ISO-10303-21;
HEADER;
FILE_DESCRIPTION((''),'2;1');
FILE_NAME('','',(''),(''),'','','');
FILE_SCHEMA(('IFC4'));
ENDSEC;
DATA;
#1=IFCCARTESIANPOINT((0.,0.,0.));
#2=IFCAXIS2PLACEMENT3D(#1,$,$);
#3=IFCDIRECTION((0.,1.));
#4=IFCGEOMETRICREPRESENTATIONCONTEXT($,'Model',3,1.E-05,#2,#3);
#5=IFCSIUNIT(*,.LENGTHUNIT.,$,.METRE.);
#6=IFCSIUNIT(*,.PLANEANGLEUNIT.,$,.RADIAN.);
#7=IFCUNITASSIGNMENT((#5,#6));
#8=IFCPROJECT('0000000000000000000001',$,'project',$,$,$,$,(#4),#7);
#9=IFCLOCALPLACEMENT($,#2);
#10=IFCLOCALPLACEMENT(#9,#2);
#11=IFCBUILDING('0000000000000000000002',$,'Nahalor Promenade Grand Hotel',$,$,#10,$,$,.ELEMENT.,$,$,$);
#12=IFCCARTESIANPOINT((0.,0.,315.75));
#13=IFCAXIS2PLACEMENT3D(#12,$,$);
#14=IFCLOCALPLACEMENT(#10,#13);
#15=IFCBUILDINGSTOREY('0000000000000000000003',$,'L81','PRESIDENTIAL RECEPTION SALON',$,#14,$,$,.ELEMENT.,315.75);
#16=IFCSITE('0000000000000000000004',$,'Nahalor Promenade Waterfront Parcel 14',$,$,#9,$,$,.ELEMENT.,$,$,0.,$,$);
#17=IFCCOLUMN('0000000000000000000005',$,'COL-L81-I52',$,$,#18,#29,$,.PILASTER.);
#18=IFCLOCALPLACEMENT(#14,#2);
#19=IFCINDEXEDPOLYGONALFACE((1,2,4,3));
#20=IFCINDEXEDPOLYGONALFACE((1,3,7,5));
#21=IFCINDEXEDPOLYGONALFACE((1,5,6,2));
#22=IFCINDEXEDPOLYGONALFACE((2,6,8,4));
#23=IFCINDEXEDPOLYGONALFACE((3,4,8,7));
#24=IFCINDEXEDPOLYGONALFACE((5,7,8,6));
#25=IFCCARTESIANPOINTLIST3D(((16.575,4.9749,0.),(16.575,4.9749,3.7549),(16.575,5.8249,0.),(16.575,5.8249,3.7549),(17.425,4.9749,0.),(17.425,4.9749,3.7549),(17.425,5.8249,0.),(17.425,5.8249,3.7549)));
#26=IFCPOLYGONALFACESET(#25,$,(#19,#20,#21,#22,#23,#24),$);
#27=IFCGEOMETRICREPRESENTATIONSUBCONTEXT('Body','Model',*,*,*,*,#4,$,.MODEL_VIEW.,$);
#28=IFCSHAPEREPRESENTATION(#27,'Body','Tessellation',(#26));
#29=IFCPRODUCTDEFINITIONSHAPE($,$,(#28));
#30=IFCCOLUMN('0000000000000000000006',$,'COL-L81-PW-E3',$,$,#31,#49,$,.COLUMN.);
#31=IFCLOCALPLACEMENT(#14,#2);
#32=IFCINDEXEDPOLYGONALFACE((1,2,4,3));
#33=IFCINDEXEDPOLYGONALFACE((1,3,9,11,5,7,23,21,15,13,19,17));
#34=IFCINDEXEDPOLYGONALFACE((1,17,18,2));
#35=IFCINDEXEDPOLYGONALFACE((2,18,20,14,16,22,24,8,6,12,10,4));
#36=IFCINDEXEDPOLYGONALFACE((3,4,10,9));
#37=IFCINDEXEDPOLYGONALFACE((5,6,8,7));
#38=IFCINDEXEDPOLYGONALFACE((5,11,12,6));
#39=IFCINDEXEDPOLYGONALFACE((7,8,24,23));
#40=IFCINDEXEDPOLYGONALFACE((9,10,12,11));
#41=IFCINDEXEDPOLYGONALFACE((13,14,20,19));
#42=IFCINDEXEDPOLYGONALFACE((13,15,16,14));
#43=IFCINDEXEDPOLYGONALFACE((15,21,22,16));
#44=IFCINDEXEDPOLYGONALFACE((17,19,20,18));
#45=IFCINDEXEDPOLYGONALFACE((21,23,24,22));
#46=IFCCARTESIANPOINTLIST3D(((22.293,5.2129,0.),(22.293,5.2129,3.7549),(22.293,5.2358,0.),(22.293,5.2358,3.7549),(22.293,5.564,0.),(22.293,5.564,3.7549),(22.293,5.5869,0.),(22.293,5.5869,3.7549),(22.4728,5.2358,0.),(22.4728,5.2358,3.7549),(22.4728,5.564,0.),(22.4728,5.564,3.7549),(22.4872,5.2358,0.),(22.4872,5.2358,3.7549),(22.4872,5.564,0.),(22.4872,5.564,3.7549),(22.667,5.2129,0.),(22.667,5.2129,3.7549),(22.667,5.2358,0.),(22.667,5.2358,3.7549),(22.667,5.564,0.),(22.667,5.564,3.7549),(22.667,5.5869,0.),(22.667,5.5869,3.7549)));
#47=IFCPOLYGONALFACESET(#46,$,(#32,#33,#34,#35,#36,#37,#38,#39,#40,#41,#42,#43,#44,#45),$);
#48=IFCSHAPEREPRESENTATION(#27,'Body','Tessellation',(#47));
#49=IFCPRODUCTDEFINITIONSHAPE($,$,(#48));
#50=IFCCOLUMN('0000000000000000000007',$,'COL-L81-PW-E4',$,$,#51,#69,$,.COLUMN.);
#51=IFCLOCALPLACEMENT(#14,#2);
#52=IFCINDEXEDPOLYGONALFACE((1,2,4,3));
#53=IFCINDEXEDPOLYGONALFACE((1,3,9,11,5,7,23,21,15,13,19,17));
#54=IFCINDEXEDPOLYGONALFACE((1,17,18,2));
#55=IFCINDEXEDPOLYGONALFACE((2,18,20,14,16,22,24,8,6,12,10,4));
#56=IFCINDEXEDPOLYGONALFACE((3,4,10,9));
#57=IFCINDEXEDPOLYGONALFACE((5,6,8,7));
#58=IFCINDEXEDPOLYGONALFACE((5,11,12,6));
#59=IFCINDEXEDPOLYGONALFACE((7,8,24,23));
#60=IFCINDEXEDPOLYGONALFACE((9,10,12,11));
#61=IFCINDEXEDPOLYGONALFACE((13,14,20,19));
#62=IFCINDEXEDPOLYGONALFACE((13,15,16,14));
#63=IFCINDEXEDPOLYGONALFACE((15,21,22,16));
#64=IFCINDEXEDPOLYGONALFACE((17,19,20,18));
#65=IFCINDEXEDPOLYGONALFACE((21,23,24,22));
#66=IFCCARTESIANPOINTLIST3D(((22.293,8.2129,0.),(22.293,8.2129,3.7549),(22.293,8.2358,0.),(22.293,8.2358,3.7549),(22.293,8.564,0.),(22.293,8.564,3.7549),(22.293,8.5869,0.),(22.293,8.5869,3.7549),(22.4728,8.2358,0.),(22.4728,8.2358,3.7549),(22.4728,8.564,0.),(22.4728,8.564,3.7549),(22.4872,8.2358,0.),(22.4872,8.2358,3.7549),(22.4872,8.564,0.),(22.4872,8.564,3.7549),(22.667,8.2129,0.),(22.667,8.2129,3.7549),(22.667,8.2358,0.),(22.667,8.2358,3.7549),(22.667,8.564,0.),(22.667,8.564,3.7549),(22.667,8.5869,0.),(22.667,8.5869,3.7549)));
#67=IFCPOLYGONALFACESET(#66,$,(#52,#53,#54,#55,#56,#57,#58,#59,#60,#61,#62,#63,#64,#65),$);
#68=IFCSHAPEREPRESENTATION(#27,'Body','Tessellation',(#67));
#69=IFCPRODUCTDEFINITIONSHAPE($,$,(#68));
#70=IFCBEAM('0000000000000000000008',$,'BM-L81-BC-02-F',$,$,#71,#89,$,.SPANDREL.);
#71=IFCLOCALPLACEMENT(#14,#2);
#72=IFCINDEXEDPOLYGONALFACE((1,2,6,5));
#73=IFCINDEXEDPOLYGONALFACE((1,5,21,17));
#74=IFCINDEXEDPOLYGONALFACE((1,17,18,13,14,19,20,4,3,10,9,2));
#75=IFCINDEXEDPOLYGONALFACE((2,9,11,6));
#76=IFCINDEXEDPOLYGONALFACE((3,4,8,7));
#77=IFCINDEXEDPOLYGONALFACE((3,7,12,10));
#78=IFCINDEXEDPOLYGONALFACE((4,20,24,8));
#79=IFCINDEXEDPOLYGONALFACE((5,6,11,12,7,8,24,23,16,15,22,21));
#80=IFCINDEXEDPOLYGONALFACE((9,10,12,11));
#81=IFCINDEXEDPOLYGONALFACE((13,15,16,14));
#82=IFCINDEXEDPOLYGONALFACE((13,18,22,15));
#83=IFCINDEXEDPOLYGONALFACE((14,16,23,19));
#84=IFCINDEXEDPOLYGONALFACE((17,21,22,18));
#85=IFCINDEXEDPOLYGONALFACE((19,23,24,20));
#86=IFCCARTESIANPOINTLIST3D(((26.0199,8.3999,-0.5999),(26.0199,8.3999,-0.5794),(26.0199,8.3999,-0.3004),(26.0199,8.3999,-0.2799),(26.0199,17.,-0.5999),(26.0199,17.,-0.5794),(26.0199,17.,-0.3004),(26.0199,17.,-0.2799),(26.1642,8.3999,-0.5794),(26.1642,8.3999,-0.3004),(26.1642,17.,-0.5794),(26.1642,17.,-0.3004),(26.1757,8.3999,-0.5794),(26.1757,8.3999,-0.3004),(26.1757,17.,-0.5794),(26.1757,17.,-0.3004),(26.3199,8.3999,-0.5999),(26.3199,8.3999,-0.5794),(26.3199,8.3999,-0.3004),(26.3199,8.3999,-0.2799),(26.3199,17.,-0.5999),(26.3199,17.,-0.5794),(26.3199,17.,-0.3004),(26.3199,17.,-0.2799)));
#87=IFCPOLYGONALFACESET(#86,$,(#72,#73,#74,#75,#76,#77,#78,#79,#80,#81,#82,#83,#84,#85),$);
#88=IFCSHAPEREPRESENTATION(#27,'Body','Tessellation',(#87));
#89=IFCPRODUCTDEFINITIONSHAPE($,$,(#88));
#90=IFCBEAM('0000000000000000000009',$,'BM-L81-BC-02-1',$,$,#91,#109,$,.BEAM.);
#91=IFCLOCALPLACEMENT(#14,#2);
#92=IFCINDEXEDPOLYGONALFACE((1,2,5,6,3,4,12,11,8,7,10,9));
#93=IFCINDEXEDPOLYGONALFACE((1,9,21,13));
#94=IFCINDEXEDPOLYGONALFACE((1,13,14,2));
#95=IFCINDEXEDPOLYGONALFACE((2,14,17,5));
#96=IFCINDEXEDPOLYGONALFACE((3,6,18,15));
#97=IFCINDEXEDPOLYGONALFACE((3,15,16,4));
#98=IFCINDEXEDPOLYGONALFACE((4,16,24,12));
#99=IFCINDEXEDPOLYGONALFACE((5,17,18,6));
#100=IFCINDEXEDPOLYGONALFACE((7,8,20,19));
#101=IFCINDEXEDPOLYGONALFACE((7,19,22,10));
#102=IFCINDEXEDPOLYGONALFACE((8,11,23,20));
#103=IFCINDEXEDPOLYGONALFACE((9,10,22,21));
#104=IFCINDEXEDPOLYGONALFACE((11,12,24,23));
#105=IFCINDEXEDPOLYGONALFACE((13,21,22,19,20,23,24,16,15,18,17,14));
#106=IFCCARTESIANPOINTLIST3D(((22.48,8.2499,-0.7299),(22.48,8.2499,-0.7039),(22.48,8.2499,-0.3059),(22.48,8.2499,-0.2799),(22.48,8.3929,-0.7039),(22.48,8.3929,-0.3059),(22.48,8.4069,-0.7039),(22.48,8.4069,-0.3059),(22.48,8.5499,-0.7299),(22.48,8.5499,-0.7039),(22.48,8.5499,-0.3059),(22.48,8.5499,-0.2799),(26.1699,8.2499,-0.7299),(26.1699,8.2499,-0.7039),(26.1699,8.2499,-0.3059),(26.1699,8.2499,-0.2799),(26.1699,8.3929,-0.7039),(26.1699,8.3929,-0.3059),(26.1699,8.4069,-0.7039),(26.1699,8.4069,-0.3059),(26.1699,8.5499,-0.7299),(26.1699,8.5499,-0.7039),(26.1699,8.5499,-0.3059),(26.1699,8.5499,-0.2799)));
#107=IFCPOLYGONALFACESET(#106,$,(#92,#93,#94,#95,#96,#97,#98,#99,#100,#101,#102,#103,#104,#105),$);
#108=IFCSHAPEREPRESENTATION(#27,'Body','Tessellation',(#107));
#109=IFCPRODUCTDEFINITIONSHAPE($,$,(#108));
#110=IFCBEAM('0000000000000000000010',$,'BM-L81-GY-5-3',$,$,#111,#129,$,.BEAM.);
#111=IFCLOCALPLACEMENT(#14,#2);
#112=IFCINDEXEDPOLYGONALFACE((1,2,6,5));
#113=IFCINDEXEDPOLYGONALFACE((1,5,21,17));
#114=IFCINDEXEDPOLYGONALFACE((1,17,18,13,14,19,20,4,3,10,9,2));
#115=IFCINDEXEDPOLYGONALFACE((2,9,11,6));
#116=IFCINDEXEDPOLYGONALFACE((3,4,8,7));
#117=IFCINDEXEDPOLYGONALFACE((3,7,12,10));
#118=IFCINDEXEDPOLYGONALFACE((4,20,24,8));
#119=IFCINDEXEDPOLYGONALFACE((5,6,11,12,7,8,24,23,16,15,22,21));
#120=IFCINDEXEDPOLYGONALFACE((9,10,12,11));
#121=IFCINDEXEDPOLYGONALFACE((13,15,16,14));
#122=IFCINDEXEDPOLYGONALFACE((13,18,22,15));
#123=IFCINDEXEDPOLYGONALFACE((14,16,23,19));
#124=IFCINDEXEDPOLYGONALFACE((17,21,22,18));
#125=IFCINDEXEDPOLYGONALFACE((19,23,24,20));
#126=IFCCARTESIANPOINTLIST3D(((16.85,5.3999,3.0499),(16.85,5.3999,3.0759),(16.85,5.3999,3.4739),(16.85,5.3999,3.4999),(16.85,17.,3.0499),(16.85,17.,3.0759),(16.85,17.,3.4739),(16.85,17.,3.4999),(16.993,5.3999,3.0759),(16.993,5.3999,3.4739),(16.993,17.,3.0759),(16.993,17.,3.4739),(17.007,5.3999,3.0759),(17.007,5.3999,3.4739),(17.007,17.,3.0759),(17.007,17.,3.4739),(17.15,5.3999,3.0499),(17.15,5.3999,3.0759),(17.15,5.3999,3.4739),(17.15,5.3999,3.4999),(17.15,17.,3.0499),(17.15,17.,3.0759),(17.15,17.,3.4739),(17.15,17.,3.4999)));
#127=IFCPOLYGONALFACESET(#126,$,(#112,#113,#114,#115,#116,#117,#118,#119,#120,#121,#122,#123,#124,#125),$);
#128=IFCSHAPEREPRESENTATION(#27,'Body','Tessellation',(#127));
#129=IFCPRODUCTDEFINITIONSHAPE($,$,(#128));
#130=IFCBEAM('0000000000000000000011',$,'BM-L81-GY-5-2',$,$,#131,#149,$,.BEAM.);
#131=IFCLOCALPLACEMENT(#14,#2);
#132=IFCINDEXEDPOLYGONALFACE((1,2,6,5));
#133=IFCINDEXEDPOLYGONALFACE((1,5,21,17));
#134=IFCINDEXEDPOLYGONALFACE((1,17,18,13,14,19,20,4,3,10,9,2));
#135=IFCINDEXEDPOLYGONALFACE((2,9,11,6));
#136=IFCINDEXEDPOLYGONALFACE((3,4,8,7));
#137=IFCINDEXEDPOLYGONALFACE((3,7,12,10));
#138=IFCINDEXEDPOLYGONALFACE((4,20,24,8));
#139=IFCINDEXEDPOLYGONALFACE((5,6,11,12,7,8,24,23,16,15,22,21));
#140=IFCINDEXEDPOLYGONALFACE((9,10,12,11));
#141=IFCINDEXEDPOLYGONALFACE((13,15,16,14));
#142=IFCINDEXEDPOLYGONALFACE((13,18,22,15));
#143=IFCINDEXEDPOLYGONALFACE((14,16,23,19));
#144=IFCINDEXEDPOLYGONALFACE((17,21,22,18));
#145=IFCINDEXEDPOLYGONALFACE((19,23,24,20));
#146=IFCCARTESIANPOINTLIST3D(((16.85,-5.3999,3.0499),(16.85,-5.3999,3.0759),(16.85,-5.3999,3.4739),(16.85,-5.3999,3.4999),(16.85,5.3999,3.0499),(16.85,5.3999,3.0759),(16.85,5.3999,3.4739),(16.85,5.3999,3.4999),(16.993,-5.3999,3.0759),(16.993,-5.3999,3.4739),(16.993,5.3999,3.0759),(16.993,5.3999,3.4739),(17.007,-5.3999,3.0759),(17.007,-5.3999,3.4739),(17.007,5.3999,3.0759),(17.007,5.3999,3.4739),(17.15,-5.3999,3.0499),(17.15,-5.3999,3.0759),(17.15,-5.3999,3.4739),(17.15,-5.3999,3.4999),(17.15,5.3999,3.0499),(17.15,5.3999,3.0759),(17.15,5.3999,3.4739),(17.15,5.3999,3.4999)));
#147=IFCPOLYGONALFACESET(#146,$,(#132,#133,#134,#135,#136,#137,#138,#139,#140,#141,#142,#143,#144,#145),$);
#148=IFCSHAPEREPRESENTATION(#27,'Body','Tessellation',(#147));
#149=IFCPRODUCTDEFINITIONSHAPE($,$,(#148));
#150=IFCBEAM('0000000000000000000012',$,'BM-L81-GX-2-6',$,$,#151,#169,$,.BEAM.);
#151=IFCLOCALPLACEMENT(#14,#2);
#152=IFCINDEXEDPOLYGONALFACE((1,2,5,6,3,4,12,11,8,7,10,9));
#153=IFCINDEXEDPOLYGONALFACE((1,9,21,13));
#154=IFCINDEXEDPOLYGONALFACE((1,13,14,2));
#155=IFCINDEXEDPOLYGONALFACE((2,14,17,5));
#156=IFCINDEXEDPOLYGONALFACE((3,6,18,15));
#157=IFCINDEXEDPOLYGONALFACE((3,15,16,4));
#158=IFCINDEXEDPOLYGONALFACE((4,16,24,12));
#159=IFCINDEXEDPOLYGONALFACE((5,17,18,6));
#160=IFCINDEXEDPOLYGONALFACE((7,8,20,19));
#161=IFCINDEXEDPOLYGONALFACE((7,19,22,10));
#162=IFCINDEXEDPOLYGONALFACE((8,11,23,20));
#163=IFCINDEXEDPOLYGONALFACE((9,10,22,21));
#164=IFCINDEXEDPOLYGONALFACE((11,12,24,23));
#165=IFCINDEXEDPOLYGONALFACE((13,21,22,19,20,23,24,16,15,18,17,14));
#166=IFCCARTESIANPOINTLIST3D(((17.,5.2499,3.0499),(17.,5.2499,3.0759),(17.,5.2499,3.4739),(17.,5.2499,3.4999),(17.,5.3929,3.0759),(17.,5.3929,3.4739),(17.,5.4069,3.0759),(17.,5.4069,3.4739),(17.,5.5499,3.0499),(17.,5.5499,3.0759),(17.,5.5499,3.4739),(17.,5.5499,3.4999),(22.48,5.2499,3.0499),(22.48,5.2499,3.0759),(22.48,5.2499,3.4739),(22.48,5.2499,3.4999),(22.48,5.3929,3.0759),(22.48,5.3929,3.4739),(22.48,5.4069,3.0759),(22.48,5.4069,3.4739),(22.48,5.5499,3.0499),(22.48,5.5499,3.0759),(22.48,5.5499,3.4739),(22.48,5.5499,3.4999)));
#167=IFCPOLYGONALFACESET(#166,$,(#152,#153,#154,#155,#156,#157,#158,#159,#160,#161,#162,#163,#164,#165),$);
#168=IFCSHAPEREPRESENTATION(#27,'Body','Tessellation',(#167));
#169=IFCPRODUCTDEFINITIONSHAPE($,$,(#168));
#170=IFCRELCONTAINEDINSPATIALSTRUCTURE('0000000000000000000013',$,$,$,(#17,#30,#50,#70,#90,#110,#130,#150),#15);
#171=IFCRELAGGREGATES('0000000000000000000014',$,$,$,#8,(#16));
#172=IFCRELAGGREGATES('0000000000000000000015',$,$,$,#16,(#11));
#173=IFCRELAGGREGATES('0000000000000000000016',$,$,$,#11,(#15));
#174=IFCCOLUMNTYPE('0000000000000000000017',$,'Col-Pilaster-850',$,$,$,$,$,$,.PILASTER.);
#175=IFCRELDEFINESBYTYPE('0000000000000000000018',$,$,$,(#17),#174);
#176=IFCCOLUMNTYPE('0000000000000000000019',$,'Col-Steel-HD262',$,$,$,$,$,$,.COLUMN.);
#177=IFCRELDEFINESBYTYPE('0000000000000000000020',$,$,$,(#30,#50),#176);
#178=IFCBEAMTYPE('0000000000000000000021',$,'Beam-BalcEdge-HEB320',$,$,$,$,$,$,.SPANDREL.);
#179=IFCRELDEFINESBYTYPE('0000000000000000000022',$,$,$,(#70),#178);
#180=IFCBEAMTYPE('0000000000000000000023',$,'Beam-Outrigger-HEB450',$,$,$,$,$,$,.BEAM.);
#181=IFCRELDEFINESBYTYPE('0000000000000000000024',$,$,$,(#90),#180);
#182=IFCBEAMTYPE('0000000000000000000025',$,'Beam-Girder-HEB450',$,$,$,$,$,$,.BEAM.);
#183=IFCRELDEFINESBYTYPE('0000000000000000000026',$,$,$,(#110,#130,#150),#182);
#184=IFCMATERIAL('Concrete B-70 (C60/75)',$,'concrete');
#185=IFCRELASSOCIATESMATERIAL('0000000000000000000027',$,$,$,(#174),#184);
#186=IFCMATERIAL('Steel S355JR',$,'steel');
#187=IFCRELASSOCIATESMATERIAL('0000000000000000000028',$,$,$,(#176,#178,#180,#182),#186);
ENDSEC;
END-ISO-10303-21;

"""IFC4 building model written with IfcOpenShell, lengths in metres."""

from ifc_helpers import new_model, si_unit, direction, frame, origin, origin_2d, place, context, subcontext, project, spatial, rectangle, i_section, extrude, source, transform, mapped, material, material_profile, profile_set, type_object, element, save


model = new_model("IFC4")

# Units and contexts
model_context = context("Model", 3, precision=1e-05, world=origin(), true_north=direction((0.0, 1.0)))
body_context = subcontext(model_context, "Body", "Model", "MODEL_VIEW")
ifc_project = project(units=[si_unit("LENGTHUNIT", "METRE"), si_unit("PLANEANGLEUNIT", "RADIAN")], contexts=[model_context])

# Site, building, storey
site_placement = place(None, origin())
site = spatial("IfcSite", under=ifc_project, at=site_placement, Name="Nahalor Promenade Waterfront Parcel 14", CompositionType="ELEMENT", RefElevation=0.0)
building_placement = place(site_placement, origin())
building = spatial("IfcBuilding", under=site, at=building_placement, Name="Nahalor Promenade Grand Hotel", CompositionType="ELEMENT")
storey_placement = place(building_placement, frame((0.0, 0.0, 315.75)))
storey = spatial("IfcBuildingStorey", under=building, at=storey_placement, Name="L81", Description="PRESIDENTIAL RECEPTION SALON", CompositionType="ELEMENT", Elevation=315.75)

# Columns
ifc_material_1 = material(Name="Concrete B-70 (C60/75)", Category="concrete")
ifc_material_profile_1 = material_profile(ifc_material_1, rectangle(XDim=0.85, YDim=0.85, at=origin_2d()), Name="RC 850x850")
ifc_profile_set_1 = profile_set([ifc_material_profile_1], Name="Concrete B-70 (C60/75)")
column_type_1 = type_object("IfcColumnType", Name="Col-Pilaster-850", PredefinedType="PILASTER", material=ifc_profile_set_1)
shared_shape_1 = source(origin(), body_context, "Body", "SweptSolid", [
    extrude(rectangle(XDim=0.85, YDim=0.85, at=origin_2d()), origin(), (0.0, 0.0, 1.0), 3.7549),
])
column_placement = place(storey_placement, frame((17.0, 5.3999, 0.0), z_axis=(0.0, 0.0, 1.0), x_axis=(1.0, 0.0, 0.0)))
element("IfcColumn", 1, at=column_placement, inside=storey, type_object=column_type_1, Name="COL-L81-I52", PredefinedType="PILASTER", context=body_context, shape_type="MappedRepresentation", body=[
    mapped(shared_shape_1, transform((0.0, 0.0, 0.0), scale=1.0)),
])
ifc_material_2 = material(Name="Steel S355JR", Category="steel")
ifc_material_profile_2 = material_profile(ifc_material_2, i_section(OverallWidth=0.374, OverallDepth=0.374, WebThickness=0.0144, FlangeThickness=0.0229, at=origin_2d()), Name="HD 360x262")
ifc_profile_set_2 = profile_set([ifc_material_profile_2], Name="Steel S355JR")
column_type_2 = type_object("IfcColumnType", Name="Col-Steel-HD262", PredefinedType="COLUMN", material=ifc_profile_set_2)
shared_shape_2 = source(origin(), body_context, "Body", "SweptSolid", [
    extrude(i_section(OverallWidth=0.374, OverallDepth=0.374, WebThickness=0.0144, FlangeThickness=0.0229, at=origin_2d()), origin(), (0.0, 0.0, 1.0), 3.7549),
])
for number, where, z_axis, x_axis, name in (
    (2, (22.48, 5.3999, 0.0), (0.0, 0.0, 1.0), (1.0, 0.0, 0.0), "COL-L81-PW-E3"),
    (3, (22.48, 8.3999, 0.0), (0.0, 0.0, 1.0), (1.0, 0.0, 0.0), "COL-L81-PW-E4"),
):
    element("IfcColumn", number, at=place(storey_placement, frame(where, z_axis=z_axis, x_axis=x_axis)), inside=storey, type_object=column_type_2, Name=name, PredefinedType="COLUMN", context=body_context, shape_type="MappedRepresentation", body=[
        mapped(shared_shape_2, transform((0.0, 0.0, 0.0), scale=1.0)),
    ])

# Beams
ifc_material_profile_3 = material_profile(ifc_material_2, i_section(OverallWidth=0.3, OverallDepth=0.32, WebThickness=0.0115, FlangeThickness=0.0205, at=origin_2d()), Name="HEB 320")
ifc_profile_set_3 = profile_set([ifc_material_profile_3], Name="Steel S355JR")
beam_type_1 = type_object("IfcBeamType", Name="Beam-BalcEdge-HEB320", PredefinedType="SPANDREL", material=ifc_profile_set_3)
shared_shape_3 = source(origin(), body_context, "Body", "SweptSolid", [
    extrude(i_section(OverallWidth=0.3, OverallDepth=0.32, WebThickness=0.0115, FlangeThickness=0.0205, at=origin_2d()), origin(), (0.0, 0.0, 1.0), 8.6001),
])
beam_1_placement = place(storey_placement, frame((26.1699, 8.3999, -0.4399), z_axis=(0.0, 1.0, 0.0), x_axis=(-1.0, 0.0, 0.0)))
element("IfcBeam", 4, at=beam_1_placement, inside=storey, type_object=beam_type_1, Name="BM-L81-BC-02-F", PredefinedType="SPANDREL", context=body_context, shape_type="MappedRepresentation", body=[
    mapped(shared_shape_3, transform((0.0, 0.0, 0.0), scale=1.0)),
])
ifc_material_profile_4 = material_profile(ifc_material_2, i_section(OverallWidth=0.3, OverallDepth=0.45, WebThickness=0.014, FlangeThickness=0.026, at=origin_2d()), Name="HEB 450")
ifc_profile_set_4 = profile_set([ifc_material_profile_4], Name="Steel S355JR")
beam_type_2 = type_object("IfcBeamType", Name="Beam-Outrigger-HEB450", PredefinedType="BEAM", material=ifc_profile_set_4)
shared_shape_4 = source(origin(), body_context, "Body", "SweptSolid", [
    extrude(i_section(OverallWidth=0.3, OverallDepth=0.45, WebThickness=0.014, FlangeThickness=0.026, at=origin_2d()), origin(), (0.0, 0.0, 1.0), 3.6899),
])
beam_2_placement = place(storey_placement, frame((22.48, 8.3999, -0.5049), z_axis=(1.0, 0.0, 0.0), x_axis=(0.0, 1.0, 0.0)))
element("IfcBeam", 5, at=beam_2_placement, inside=storey, type_object=beam_type_2, Name="BM-L81-BC-02-1", PredefinedType="BEAM", context=body_context, shape_type="MappedRepresentation", body=[
    mapped(shared_shape_4, transform((0.0, 0.0, 0.0), scale=1.0)),
])
ifc_material_profile_5 = material_profile(ifc_material_2, i_section(OverallWidth=0.3, OverallDepth=0.45, WebThickness=0.014, FlangeThickness=0.026, at=origin_2d()), Name="HEB 450")
ifc_profile_set_5 = profile_set([ifc_material_profile_5], Name="Steel S355JR")
beam_type_3 = type_object("IfcBeamType", Name="Beam-Girder-HEB450", PredefinedType="BEAM", material=ifc_profile_set_5)
shared_shape_5 = source(origin(), body_context, "Body", "SweptSolid", [
    extrude(i_section(OverallWidth=0.3, OverallDepth=0.45, WebThickness=0.014, FlangeThickness=0.026, at=origin_2d()), origin(), (0.0, 0.0, 1.0), 11.6001),
])
beam_3_placement = place(storey_placement, frame((17.0, 5.3999, 3.2749), z_axis=(0.0, 1.0, 0.0), x_axis=(-1.0, 0.0, 0.0)))
element("IfcBeam", 6, at=beam_3_placement, inside=storey, type_object=beam_type_3, Name="BM-L81-GY-5-3", PredefinedType="BEAM", context=body_context, shape_type="MappedRepresentation", body=[
    mapped(shared_shape_5, transform((0.0, 0.0, 0.0), scale=1.0)),
])
shared_shape_6 = source(origin(), body_context, "Body", "SweptSolid", [
    extrude(i_section(OverallWidth=0.3, OverallDepth=0.45, WebThickness=0.014, FlangeThickness=0.026, at=origin_2d()), origin(), (0.0, 0.0, 1.0), 10.7998),
])
beam_4_placement = place(storey_placement, frame((17.0, -5.3999, 3.2749), z_axis=(0.0, 1.0, 0.0), x_axis=(-1.0, 0.0, 0.0)))
element("IfcBeam", 7, at=beam_4_placement, inside=storey, type_object=beam_type_3, Name="BM-L81-GY-5-2", PredefinedType="BEAM", context=body_context, shape_type="MappedRepresentation", body=[
    mapped(shared_shape_6, transform((0.0, 0.0, 0.0), scale=1.0)),
])
shared_shape_7 = source(origin(), body_context, "Body", "SweptSolid", [
    extrude(i_section(OverallWidth=0.3, OverallDepth=0.45, WebThickness=0.014, FlangeThickness=0.026, at=origin_2d()), origin(), (0.0, 0.0, 1.0), 5.48),
])
beam_5_placement = place(storey_placement, frame((17.0, 5.3999, 3.2749), z_axis=(1.0, 0.0, 0.0), x_axis=(0.0, 1.0, 0.0)))
element("IfcBeam", 8, at=beam_5_placement, inside=storey, type_object=beam_type_3, Name="BM-L81-GX-2-6", PredefinedType="BEAM", context=body_context, shape_type="MappedRepresentation", body=[
    mapped(shared_shape_7, transform((0.0, 0.0, 0.0), scale=1.0)),
])

save(model, "model.ifc")
